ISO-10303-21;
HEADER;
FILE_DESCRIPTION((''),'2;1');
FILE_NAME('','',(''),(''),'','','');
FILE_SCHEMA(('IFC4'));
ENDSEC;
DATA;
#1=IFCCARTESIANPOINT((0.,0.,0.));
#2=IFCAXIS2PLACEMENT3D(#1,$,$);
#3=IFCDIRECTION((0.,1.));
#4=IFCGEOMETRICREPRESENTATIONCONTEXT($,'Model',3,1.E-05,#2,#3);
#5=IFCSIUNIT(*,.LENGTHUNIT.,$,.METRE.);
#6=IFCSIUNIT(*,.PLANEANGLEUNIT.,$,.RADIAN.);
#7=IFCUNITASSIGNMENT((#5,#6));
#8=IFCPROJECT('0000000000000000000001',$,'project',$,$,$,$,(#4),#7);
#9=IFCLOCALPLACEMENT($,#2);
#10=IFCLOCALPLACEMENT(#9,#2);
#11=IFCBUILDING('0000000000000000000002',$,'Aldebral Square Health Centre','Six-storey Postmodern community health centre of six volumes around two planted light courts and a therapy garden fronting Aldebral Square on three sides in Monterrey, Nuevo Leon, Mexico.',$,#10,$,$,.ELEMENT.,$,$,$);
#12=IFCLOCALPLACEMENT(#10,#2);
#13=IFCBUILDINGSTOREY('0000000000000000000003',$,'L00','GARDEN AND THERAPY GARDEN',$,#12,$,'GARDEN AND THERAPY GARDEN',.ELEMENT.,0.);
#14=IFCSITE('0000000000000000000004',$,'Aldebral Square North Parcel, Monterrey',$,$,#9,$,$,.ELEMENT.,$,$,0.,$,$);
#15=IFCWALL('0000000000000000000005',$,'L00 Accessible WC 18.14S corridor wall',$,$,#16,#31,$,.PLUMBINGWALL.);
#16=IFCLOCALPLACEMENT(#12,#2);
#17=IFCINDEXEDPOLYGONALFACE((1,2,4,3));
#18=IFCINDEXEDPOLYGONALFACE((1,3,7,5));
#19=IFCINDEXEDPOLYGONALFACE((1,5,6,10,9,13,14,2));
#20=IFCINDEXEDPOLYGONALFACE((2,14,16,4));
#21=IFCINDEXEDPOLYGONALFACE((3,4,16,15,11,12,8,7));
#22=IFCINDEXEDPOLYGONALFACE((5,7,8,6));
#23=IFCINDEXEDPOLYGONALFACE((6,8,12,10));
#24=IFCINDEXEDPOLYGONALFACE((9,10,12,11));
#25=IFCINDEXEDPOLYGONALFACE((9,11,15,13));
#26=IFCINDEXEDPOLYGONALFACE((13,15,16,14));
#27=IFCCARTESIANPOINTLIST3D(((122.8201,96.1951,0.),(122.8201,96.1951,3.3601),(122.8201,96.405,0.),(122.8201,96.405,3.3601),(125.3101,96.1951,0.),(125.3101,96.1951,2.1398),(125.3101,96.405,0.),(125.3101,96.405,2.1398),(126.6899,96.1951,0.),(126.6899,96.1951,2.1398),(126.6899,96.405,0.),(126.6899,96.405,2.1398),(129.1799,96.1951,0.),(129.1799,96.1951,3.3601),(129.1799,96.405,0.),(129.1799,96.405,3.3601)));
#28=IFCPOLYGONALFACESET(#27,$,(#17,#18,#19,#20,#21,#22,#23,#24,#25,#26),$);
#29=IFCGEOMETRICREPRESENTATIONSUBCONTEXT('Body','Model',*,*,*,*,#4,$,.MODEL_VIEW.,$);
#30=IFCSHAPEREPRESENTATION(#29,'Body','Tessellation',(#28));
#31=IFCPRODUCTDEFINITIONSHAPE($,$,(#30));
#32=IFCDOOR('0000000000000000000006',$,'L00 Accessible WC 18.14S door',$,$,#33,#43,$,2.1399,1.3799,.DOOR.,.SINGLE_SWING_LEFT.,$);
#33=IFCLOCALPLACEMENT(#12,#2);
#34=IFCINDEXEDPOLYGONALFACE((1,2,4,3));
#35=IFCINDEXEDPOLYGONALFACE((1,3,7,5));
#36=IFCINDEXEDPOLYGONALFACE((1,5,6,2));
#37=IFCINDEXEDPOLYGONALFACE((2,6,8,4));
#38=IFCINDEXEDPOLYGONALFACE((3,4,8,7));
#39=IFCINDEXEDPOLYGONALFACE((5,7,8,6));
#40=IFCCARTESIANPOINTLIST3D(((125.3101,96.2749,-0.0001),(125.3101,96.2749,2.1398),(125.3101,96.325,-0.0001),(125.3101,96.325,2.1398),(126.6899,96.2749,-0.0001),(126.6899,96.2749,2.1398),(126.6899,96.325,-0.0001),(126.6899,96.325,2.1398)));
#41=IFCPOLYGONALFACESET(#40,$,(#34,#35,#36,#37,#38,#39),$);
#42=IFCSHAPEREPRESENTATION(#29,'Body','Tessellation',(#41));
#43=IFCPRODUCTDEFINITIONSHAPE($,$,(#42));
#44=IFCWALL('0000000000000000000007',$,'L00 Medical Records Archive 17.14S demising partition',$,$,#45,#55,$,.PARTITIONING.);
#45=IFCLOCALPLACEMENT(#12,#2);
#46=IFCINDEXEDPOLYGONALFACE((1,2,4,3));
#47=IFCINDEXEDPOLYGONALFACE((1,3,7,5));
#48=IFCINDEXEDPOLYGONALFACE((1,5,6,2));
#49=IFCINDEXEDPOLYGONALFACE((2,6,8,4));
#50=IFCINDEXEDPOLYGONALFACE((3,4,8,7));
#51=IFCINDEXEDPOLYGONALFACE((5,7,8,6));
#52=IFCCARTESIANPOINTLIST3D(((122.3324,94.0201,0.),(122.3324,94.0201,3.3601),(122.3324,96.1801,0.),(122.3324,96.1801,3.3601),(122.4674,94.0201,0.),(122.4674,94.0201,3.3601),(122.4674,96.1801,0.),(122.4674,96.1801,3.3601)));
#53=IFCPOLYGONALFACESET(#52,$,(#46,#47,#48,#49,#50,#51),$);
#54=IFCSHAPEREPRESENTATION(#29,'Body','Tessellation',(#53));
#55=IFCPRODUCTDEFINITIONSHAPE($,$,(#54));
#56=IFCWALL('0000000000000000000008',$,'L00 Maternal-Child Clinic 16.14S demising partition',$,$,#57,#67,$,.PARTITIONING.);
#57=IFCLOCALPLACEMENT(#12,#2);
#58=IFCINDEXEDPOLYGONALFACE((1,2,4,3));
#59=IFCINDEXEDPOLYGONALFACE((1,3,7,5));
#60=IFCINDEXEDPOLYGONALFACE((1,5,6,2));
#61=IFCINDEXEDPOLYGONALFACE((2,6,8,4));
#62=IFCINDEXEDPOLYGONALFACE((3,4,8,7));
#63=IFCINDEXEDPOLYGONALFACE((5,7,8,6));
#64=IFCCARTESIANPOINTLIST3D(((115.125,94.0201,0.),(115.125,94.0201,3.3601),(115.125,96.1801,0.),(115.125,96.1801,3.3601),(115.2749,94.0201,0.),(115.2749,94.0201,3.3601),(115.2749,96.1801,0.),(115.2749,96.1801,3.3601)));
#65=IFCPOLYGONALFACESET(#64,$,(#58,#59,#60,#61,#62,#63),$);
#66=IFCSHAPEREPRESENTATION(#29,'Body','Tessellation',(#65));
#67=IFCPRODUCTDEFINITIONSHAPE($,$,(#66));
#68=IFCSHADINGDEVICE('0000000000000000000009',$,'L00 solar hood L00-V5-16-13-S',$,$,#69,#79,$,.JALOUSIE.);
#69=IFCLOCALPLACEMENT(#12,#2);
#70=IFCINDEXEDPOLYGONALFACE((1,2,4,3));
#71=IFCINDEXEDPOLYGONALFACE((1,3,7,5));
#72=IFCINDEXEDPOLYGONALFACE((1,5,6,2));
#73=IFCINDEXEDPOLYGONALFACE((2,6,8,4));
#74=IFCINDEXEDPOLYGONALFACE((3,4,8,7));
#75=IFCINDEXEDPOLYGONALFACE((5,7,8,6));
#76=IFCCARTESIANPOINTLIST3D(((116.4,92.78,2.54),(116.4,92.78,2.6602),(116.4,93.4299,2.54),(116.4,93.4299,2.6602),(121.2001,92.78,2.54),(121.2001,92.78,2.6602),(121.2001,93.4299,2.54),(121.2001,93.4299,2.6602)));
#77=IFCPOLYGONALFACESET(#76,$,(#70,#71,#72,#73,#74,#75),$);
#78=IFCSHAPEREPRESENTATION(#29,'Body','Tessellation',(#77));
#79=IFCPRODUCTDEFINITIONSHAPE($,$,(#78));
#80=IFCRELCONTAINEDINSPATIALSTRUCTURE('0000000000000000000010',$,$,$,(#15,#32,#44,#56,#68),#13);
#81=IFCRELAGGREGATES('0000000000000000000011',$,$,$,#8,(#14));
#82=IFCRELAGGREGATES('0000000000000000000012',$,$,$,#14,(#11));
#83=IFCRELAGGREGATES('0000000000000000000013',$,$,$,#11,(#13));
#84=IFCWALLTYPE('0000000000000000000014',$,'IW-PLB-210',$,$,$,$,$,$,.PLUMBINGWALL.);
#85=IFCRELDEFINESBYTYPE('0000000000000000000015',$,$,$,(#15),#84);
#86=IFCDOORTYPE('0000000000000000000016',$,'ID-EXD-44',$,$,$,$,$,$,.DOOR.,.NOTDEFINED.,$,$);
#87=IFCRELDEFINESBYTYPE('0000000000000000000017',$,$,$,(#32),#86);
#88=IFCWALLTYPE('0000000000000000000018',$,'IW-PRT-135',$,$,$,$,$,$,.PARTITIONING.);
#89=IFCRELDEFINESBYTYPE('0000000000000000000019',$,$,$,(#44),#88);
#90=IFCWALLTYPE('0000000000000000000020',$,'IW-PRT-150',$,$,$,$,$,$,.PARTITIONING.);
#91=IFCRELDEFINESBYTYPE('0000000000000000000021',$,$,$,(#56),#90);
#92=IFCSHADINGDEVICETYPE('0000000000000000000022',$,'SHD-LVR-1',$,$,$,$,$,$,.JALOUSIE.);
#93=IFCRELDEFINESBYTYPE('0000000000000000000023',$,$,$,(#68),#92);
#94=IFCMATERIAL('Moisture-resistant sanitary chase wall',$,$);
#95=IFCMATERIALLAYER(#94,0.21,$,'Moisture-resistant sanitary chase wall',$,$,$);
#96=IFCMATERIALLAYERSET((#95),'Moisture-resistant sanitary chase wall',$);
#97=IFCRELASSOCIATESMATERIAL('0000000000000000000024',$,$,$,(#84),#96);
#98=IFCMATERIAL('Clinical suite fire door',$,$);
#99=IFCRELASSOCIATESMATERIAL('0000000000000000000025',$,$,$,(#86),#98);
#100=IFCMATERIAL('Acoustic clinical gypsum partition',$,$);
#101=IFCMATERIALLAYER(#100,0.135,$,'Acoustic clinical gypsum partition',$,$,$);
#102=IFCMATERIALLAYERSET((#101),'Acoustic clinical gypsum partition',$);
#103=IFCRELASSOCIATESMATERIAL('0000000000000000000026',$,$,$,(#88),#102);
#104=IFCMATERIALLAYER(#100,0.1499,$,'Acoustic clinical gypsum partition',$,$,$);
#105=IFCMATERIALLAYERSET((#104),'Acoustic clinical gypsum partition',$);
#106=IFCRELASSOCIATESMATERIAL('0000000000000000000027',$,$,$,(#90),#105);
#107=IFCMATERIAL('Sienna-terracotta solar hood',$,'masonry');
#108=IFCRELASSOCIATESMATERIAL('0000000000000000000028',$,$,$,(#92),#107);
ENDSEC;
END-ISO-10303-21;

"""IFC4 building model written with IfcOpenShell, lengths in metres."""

from ifc_helpers import new_model, si_unit, direction, frame, frame_2d, origin, origin_2d, place, context, subcontext, project, spatial, rectangle, extrude, material, layer, layer_set, type_object, element, fill, save


model = new_model("IFC4")

# Units and contexts
model_context = context("Model", 3, precision=1e-05, world=origin(), true_north=direction((0.0, 1.0)))
body_context = subcontext(model_context, "Body", "Model", "MODEL_VIEW")
ifc_project = project(units=[si_unit("LENGTHUNIT", "METRE"), si_unit("PLANEANGLEUNIT", "RADIAN")], contexts=[model_context])

# Site, building, storey
site_placement = place(None, origin())
site = spatial("IfcSite", under=ifc_project, at=site_placement, Name="Aldebral Square North Parcel, Monterrey", CompositionType="ELEMENT", RefElevation=0.0)
building_placement = place(site_placement, origin())
building = spatial("IfcBuilding", under=site, at=building_placement, Name="Aldebral Square Health Centre", Description="Six-storey Postmodern community health centre of six volumes around two planted light courts and a therapy garden fronting Aldebral Square on three sides in Monterrey, Nuevo Leon, Mexico.", CompositionType="ELEMENT")
storey_placement = place(building_placement, origin())
storey = spatial("IfcBuildingStorey", under=building, at=storey_placement, Name="L00", Description="GARDEN AND THERAPY GARDEN", LongName="GARDEN AND THERAPY GARDEN", CompositionType="ELEMENT", Elevation=0.0)

# Wall, opening, door
ifc_material_1 = material(Name="Clinical suite fire door")
ifc_material_2 = material(Name="Moisture-resistant sanitary chase wall")
ifc_layer_1 = layer(ifc_material_2, 0.21, Name="Moisture-resistant sanitary chase wall")
ifc_layer_set_1 = layer_set([ifc_layer_1], Name="Moisture-resistant sanitary chase wall")
wall_type_1 = type_object("IfcWallType", Name="IW-PLB-210", PredefinedType="PLUMBINGWALL", material=ifc_layer_set_1)
wall_1_placement = place(storey_placement, frame((122.8201, 96.3, 0.0), z_axis=(0.0, 0.0, 1.0), x_axis=(1.0, 0.0, 0.0)))
wall_1 = element("IfcWall", 1, at=wall_1_placement, inside=storey, type_object=wall_type_1, Name="L00 Accessible WC 18.14S corridor wall", PredefinedType="PLUMBINGWALL", context=body_context, shape_type="SweptSolid", body=[
    extrude(rectangle(XDim=6.3599, YDim=0.21, at=frame_2d((3.1799, 0.0))), origin(), (0.0, 0.0, 1.0), 3.3601),
])
opening_1_placement = place(wall_1_placement, frame((2.49, 0.0, 0.0)))
opening_1 = element("IfcOpeningElement", 2, at=opening_1_placement, cuts=wall_1, PredefinedType="OPENING", context=body_context, shape_type="SweptSolid", body=[
    extrude(rectangle(XDim=1.3799, YDim=2.1399, at=frame_2d((0.6899, 1.0698))), frame((0.0, 0.115, 0.0), z_axis=(0.0, -1.0, 0.0), x_axis=(1.0, 0.0, 0.0)), (0.0, 0.0, 1.0), 0.23),
])
door_type_1 = type_object("IfcDoorType", Name="ID-EXD-44", OperationType="NOTDEFINED", PredefinedType="DOOR", material=ifc_material_1)
door_1_placement = place(opening_1_placement, origin())
door_1 = element("IfcDoor", 3, at=door_1_placement, inside=storey, type_object=door_type_1, Name="L00 Accessible WC 18.14S door", OperationType="SINGLE_SWING_LEFT", OverallHeight=2.1399, OverallWidth=1.3799, PredefinedType="DOOR", context=body_context, shape_type="SweptSolid", body=[
    extrude(rectangle(XDim=1.3799, YDim=2.1399, at=frame_2d((0.6899, 1.0698))), frame((0.0, 0.0249, 0.0), z_axis=(0.0, -1.0, 0.0), x_axis=(1.0, 0.0, 0.0)), (0.0, 0.0, 1.0), 0.05),
])
fill(opening_1, door_1)

# Walls
ifc_material_3 = material(Name="Acoustic clinical gypsum partition")
ifc_layer_2 = layer(ifc_material_3, 0.135, Name="Acoustic clinical gypsum partition")
ifc_layer_set_2 = layer_set([ifc_layer_2], Name="Acoustic clinical gypsum partition")
wall_type_2 = type_object("IfcWallType", Name="IW-PRT-135", PredefinedType="PARTITIONING", material=ifc_layer_set_2)
wall_2_placement = place(storey_placement, frame((122.3999, 94.02, 0.0), z_axis=(0.0, 0.0, 1.0), x_axis=(0.0, 1.0, 0.0)))
element("IfcWall", 4, at=wall_2_placement, inside=storey, type_object=wall_type_2, Name="L00 Medical Records Archive 17.14S demising partition", PredefinedType="PARTITIONING", context=body_context, shape_type="SweptSolid", body=[
    extrude(rectangle(XDim=2.1599, YDim=0.135, at=frame_2d((1.0801, 0.0))), origin(), (0.0, 0.0, 1.0), 3.3601),
])
ifc_layer_3 = layer(ifc_material_3, 0.1499, Name="Acoustic clinical gypsum partition")
ifc_layer_set_3 = layer_set([ifc_layer_3], Name="Acoustic clinical gypsum partition")
wall_type_3 = type_object("IfcWallType", Name="IW-PRT-150", PredefinedType="PARTITIONING", material=ifc_layer_set_3)
wall_3_placement = place(storey_placement, frame((115.2, 94.02, 0.0), z_axis=(0.0, 0.0, 1.0), x_axis=(0.0, 1.0, 0.0)))
element("IfcWall", 5, at=wall_3_placement, inside=storey, type_object=wall_type_3, Name="L00 Maternal-Child Clinic 16.14S demising partition", PredefinedType="PARTITIONING", context=body_context, shape_type="SweptSolid", body=[
    extrude(rectangle(XDim=2.1599, YDim=0.1499, at=frame_2d((1.0801, 0.0))), origin(), (0.0, 0.0, 1.0), 3.3601),
])

# Shading device
ifc_material_4 = material(Name="Sienna-terracotta solar hood", Category="masonry")
shading_device_type = type_object("IfcShadingDeviceType", Name="SHD-LVR-1", PredefinedType="JALOUSIE", material=ifc_material_4)
shading_device_placement = place(storey_placement, frame((118.8, 93.105, 2.54), z_axis=(0.0, 0.0, 1.0), x_axis=(1.0, 0.0, 0.0)))
element("IfcShadingDevice", 6, at=shading_device_placement, inside=storey, type_object=shading_device_type, Name="L00 solar hood L00-V5-16-13-S", PredefinedType="JALOUSIE", context=body_context, shape_type="SweptSolid", body=[
    extrude(rectangle(XDim=4.8, YDim=0.6499, at=origin_2d()), origin(), (0.0, 0.0, 1.0), 0.1201),
])

save(model, "model.ifc")
